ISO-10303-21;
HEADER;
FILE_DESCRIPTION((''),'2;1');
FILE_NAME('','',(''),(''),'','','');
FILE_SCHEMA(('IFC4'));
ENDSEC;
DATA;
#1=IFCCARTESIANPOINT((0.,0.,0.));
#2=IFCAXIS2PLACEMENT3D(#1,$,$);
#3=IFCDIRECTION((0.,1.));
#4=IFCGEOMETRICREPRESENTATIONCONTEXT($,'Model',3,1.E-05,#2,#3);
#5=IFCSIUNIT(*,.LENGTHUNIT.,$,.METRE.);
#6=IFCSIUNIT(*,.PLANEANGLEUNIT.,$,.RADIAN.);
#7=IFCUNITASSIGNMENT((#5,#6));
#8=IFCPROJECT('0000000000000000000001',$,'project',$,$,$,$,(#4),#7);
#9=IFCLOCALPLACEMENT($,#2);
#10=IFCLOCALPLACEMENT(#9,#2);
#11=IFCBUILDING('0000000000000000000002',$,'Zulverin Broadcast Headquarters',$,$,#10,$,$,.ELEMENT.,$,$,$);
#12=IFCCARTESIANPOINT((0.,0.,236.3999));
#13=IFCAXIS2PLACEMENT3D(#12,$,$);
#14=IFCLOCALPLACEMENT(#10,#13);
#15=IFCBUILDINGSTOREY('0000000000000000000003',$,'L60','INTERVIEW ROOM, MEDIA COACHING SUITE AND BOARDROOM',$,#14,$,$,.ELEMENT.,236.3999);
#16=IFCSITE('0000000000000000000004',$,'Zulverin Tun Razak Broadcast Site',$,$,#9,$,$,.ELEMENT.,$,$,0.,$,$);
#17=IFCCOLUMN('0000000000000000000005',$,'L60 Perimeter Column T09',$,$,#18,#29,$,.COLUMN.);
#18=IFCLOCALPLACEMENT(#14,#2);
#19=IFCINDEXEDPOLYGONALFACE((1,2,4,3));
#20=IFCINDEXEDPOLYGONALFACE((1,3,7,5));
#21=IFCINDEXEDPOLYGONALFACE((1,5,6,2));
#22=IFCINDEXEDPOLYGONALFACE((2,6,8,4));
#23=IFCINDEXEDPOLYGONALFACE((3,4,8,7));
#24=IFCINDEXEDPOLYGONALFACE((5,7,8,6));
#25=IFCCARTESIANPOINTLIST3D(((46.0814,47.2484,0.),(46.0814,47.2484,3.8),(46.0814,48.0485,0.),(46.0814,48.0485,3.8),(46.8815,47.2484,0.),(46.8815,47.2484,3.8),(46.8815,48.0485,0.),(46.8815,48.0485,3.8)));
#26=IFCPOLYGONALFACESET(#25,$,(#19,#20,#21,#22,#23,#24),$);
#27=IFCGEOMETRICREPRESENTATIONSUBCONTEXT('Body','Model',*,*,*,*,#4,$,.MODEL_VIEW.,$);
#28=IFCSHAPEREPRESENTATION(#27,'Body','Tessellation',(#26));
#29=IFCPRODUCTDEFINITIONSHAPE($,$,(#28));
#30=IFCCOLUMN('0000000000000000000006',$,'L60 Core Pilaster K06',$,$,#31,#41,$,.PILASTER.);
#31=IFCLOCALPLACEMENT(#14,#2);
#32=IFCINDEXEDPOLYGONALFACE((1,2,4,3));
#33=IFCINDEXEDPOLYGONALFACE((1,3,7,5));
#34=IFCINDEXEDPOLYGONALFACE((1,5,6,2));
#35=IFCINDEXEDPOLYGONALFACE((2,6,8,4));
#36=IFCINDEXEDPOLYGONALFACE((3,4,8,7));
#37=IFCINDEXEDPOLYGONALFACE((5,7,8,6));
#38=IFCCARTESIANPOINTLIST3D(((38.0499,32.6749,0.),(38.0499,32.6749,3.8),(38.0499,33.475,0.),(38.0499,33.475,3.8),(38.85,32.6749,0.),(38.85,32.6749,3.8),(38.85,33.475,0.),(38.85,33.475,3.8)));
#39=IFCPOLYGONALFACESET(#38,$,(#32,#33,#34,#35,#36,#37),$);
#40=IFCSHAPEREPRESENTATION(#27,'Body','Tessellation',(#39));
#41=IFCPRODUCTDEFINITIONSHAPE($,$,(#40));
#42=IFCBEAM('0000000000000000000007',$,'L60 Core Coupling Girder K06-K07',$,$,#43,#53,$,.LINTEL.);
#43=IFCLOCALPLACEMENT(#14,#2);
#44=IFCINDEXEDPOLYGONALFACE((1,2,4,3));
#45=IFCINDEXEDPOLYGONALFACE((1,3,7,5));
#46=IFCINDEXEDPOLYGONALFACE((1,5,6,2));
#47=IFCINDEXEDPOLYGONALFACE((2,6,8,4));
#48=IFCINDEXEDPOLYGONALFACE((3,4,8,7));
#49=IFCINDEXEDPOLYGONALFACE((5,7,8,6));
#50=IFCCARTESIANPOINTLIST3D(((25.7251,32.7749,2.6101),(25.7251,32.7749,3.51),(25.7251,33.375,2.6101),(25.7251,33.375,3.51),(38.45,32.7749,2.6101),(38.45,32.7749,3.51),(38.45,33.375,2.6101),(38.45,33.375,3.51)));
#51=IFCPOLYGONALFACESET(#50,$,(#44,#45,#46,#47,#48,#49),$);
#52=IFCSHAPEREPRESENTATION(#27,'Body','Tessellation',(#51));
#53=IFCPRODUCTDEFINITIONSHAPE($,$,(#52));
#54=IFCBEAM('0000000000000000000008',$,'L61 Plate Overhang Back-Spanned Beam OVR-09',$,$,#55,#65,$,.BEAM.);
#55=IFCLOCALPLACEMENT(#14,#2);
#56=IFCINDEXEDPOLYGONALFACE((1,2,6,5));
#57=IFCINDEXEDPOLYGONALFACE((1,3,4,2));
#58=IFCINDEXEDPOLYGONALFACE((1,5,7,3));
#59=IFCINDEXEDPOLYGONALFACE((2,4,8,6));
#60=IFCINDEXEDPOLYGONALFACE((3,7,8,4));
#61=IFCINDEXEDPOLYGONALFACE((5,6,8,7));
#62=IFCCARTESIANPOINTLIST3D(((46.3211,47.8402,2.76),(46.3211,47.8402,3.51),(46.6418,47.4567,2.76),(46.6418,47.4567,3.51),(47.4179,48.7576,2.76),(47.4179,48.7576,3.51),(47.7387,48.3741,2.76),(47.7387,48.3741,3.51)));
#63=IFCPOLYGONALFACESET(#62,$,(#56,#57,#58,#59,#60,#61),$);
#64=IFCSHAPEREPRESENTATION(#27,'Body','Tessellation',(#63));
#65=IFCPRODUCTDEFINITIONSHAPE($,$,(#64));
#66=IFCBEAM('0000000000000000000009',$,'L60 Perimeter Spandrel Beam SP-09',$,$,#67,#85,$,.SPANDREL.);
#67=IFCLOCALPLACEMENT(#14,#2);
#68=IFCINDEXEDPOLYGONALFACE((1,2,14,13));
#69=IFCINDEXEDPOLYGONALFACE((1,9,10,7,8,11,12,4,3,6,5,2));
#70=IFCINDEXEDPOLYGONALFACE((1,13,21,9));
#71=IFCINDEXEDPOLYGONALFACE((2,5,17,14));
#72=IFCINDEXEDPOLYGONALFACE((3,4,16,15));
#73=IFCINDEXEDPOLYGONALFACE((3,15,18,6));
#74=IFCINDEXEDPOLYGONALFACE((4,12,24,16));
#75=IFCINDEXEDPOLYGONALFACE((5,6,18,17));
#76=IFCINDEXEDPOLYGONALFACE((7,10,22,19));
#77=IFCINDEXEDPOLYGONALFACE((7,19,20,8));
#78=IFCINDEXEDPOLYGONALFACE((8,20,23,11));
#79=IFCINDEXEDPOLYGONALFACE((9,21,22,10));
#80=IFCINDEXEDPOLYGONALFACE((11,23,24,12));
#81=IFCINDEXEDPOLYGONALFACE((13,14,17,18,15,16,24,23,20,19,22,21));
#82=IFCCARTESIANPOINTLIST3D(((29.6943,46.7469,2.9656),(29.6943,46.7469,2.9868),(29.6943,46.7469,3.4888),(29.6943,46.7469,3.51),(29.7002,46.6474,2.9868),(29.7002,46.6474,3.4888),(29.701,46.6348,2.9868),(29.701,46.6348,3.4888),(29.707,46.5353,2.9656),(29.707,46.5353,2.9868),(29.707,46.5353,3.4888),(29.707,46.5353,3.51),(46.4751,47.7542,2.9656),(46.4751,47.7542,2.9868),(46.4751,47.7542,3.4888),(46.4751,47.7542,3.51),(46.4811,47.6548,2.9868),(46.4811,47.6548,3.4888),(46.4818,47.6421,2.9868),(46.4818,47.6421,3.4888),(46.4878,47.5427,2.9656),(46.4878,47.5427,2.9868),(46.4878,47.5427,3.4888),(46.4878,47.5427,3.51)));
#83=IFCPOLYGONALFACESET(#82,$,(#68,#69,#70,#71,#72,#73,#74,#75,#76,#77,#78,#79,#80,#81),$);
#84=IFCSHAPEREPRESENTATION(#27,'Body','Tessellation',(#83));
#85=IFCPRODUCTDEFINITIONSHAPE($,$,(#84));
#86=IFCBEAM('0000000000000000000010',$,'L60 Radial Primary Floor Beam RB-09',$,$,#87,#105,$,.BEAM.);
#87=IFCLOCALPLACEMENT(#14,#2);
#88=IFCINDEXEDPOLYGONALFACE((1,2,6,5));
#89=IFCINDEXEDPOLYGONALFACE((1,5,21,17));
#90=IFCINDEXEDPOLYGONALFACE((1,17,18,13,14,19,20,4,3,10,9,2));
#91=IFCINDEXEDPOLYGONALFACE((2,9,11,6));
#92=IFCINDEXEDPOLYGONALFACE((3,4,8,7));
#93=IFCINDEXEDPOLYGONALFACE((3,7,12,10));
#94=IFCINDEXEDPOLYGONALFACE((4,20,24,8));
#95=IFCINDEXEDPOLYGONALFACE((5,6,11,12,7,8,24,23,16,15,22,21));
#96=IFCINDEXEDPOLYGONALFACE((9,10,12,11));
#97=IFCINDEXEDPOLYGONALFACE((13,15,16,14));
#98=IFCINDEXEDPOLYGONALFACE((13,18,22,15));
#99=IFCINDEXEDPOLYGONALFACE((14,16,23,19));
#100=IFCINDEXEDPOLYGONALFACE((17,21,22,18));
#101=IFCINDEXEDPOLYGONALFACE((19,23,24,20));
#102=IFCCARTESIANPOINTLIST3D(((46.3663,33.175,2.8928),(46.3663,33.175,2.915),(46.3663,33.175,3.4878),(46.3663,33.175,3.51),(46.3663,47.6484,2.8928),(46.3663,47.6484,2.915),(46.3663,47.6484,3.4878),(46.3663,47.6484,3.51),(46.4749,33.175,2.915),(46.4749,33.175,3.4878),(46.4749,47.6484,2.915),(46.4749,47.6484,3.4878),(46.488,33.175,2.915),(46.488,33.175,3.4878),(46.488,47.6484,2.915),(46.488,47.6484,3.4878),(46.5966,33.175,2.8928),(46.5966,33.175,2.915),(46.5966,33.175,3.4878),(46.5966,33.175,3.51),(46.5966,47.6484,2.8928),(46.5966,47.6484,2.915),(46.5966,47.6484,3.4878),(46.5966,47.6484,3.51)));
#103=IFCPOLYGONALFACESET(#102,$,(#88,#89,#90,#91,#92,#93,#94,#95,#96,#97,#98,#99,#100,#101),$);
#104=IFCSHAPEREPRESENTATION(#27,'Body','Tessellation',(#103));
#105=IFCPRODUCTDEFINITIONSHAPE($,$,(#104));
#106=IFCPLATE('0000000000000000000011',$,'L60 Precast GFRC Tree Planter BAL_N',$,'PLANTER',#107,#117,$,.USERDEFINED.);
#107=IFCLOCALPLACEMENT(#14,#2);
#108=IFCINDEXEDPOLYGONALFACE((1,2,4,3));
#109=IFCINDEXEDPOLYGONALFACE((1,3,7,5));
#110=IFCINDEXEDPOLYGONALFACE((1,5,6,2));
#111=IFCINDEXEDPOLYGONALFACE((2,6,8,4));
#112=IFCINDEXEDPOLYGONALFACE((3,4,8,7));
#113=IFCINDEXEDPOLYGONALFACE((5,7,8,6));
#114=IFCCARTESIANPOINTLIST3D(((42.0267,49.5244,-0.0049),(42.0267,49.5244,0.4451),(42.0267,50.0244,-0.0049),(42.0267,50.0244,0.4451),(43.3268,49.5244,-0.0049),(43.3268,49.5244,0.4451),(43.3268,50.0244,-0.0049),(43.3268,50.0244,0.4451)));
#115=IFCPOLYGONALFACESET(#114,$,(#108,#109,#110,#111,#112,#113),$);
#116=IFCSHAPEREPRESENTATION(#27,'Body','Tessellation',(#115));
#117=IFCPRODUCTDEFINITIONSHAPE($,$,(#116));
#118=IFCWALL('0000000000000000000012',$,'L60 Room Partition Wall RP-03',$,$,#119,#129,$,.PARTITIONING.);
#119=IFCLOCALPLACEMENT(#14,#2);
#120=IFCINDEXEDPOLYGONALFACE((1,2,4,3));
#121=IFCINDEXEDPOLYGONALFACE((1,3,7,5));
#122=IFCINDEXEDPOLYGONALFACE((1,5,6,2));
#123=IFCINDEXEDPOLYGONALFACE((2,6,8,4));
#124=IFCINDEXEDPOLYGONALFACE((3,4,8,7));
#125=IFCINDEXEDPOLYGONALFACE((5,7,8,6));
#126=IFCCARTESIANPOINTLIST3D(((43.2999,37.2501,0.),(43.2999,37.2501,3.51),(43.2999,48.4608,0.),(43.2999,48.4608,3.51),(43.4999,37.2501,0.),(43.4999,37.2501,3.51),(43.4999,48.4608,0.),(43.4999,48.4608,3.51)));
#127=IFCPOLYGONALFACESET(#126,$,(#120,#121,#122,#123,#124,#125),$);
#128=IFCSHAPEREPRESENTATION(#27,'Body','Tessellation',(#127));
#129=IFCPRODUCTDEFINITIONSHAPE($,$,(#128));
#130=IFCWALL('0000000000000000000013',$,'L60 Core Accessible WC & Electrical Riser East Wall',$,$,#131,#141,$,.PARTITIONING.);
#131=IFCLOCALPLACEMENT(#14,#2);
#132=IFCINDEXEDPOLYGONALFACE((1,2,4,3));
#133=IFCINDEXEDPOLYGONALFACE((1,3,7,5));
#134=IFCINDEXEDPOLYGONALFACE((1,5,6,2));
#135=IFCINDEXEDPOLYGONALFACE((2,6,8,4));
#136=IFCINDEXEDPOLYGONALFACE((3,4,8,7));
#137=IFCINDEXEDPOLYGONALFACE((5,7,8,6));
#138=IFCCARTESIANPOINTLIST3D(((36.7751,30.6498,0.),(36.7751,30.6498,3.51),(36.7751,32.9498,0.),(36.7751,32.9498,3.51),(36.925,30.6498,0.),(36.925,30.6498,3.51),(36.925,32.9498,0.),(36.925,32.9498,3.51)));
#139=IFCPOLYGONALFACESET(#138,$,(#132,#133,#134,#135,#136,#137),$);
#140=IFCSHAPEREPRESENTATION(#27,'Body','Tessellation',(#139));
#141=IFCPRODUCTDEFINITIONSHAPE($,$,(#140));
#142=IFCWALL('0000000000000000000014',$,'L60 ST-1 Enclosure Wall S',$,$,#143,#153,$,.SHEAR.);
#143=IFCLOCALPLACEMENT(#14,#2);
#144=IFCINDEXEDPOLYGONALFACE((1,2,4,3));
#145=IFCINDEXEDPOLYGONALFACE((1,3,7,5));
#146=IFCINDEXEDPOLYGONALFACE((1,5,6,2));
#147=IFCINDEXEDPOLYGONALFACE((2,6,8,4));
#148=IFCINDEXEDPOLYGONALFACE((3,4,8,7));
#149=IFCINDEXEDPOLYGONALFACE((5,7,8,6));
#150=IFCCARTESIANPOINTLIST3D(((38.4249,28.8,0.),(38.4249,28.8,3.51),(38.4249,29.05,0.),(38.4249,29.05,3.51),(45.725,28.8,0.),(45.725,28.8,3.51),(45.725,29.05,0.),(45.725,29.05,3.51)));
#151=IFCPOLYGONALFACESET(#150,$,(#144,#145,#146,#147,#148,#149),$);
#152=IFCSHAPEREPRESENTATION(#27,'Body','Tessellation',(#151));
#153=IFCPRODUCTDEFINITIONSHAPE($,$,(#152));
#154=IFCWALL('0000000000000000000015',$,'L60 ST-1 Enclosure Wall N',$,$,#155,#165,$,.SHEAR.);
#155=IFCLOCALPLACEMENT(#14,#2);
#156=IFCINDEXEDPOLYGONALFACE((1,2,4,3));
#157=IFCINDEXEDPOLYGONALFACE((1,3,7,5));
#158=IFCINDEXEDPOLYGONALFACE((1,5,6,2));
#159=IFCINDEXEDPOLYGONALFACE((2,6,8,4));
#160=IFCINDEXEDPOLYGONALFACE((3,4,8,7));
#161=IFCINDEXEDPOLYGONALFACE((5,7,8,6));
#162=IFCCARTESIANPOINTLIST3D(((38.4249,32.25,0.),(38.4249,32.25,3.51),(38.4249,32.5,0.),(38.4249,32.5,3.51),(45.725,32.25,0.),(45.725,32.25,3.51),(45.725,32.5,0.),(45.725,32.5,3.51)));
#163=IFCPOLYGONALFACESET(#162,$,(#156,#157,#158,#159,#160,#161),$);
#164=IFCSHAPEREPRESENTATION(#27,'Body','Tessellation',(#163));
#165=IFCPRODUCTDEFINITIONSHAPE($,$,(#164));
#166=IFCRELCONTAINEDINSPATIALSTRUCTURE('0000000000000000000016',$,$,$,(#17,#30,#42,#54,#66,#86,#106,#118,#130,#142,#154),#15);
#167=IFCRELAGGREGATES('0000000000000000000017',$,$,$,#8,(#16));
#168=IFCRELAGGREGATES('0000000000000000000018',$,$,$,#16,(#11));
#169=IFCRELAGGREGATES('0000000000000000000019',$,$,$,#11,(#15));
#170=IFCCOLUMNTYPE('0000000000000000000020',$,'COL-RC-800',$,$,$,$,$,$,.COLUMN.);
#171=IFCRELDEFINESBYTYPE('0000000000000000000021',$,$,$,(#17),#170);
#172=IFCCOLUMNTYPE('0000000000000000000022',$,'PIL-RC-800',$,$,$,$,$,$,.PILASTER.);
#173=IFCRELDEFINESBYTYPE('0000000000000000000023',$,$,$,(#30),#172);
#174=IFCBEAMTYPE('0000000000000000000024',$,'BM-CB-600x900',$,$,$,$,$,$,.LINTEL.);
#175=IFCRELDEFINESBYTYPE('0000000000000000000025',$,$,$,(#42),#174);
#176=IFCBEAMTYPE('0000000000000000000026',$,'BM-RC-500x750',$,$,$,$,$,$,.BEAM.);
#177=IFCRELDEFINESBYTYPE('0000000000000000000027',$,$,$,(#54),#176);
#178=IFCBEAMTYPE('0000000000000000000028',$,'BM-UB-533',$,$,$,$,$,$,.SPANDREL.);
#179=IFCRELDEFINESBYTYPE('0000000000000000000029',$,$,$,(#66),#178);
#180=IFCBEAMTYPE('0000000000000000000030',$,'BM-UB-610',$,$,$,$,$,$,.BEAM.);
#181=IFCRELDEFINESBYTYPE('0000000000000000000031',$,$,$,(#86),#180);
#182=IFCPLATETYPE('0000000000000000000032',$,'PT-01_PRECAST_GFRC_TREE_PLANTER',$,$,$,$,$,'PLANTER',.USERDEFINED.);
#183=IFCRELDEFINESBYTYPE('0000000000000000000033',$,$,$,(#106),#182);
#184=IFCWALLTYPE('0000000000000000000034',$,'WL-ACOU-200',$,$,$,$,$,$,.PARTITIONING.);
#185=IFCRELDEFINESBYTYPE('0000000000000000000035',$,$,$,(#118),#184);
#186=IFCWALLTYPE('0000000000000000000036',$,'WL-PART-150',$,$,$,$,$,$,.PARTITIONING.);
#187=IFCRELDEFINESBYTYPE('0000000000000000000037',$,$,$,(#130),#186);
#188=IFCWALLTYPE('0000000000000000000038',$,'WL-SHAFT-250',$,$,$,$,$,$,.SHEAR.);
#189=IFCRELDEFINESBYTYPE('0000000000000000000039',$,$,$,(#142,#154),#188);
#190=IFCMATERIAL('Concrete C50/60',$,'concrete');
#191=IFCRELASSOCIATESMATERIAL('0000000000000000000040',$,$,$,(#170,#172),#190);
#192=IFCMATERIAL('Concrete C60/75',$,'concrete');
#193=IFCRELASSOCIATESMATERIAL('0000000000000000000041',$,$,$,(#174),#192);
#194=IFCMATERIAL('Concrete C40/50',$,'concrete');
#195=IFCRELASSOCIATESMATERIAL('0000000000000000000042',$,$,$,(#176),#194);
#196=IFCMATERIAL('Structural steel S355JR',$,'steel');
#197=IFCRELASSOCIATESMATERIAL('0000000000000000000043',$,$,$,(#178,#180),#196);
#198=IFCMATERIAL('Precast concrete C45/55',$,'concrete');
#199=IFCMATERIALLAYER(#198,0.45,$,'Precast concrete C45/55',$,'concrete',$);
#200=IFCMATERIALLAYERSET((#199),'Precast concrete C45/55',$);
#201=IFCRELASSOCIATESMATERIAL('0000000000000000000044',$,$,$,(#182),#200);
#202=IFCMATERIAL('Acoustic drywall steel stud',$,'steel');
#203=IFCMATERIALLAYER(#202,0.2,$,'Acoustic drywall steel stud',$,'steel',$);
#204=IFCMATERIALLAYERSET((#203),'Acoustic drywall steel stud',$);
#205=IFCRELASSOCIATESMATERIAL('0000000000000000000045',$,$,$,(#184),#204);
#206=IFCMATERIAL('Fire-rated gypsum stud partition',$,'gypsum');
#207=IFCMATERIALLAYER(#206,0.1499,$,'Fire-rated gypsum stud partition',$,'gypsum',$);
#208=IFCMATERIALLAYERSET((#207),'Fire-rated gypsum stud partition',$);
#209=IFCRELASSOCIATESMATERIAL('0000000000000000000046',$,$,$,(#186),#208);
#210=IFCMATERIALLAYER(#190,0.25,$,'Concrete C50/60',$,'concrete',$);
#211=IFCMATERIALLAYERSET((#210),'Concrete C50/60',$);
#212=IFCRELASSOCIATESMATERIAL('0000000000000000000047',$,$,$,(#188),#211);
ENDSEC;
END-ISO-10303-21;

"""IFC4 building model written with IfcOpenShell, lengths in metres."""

from ifc_helpers import new_model, si_unit, direction, frame, frame_2d, origin, origin_2d, place, context, subcontext, project, spatial, rectangle, i_section, extrude, material, layer, layer_set, material_profile, profile_set, type_object, element, save


model = new_model("IFC4")

# Units and contexts
model_context = context("Model", 3, precision=1e-05, world=origin(), true_north=direction((0.0, 1.0)))
body_context = subcontext(model_context, "Body", "Model", "MODEL_VIEW")
ifc_project = project(units=[si_unit("LENGTHUNIT", "METRE"), si_unit("PLANEANGLEUNIT", "RADIAN")], contexts=[model_context])

# Site, building, storey
site_placement = place(None, origin())
site = spatial("IfcSite", under=ifc_project, at=site_placement, Name="Zulverin Tun Razak Broadcast Site", CompositionType="ELEMENT", RefElevation=0.0)
building_placement = place(site_placement, origin())
building = spatial("IfcBuilding", under=site, at=building_placement, Name="Zulverin Broadcast Headquarters", CompositionType="ELEMENT")
storey_placement = place(building_placement, frame((0.0, 0.0, 236.3999)))
storey = spatial("IfcBuildingStorey", under=building, at=storey_placement, Name="L60", Description="INTERVIEW ROOM, MEDIA COACHING SUITE AND BOARDROOM", CompositionType="ELEMENT", Elevation=236.3999)

# Columns
ifc_material_1 = material(Name="Concrete C50/60", Category="concrete")
ifc_material_profile_1 = material_profile(ifc_material_1, rectangle(XDim=0.8, YDim=0.8, at=origin_2d()), Name="Concrete C50/60", Category="concrete")
ifc_profile_set_1 = profile_set([ifc_material_profile_1], Name="Concrete C50/60")
column_type_1 = type_object("IfcColumnType", Name="COL-RC-800", PredefinedType="COLUMN", material=ifc_profile_set_1)
column_1_placement = place(storey_placement, frame((46.4814, 47.6484, 0.0), z_axis=(0.0, 0.0, 1.0), x_axis=(1.0, 0.0, 0.0)))
element("IfcColumn", 1, at=column_1_placement, inside=storey, type_object=column_type_1, Name="L60 Perimeter Column T09", PredefinedType="COLUMN", context=body_context, shape_type="SweptSolid", body=[
    extrude(rectangle(XDim=0.8, YDim=0.8, at=origin_2d()), origin(), (0.0, 0.0, 1.0), 3.8),
])
ifc_material_profile_2 = material_profile(ifc_material_1, rectangle(XDim=0.8, YDim=0.8, at=origin_2d()), Name="Concrete C50/60", Category="concrete")
ifc_profile_set_2 = profile_set([ifc_material_profile_2], Name="Concrete C50/60")
column_type_2 = type_object("IfcColumnType", Name="PIL-RC-800", PredefinedType="PILASTER", material=ifc_profile_set_2)
column_2_placement = place(storey_placement, frame((38.45, 33.075, 0.0), z_axis=(0.0, 0.0, 1.0), x_axis=(1.0, 0.0, 0.0)))
element("IfcColumn", 2, at=column_2_placement, inside=storey, type_object=column_type_2, Name="L60 Core Pilaster K06", PredefinedType="PILASTER", context=body_context, shape_type="SweptSolid", body=[
    extrude(rectangle(XDim=0.8, YDim=0.8, at=origin_2d()), origin(), (0.0, 0.0, 1.0), 3.8),
])

# Beams
ifc_material_2 = material(Name="Concrete C60/75", Category="concrete")
ifc_material_profile_3 = material_profile(ifc_material_2, rectangle(XDim=0.6001, YDim=0.8999, at=origin_2d()), Name="Concrete C60/75", Category="concrete")
ifc_profile_set_3 = profile_set([ifc_material_profile_3], Name="Concrete C60/75")
beam_type_1 = type_object("IfcBeamType", Name="BM-CB-600x900", PredefinedType="LINTEL", material=ifc_profile_set_3)
beam_1_placement = place(storey_placement, frame((38.45, 33.075, 3.0601), z_axis=(-1.0, 0.0, 0.0), x_axis=(0.0, -1.0, 0.0)))
element("IfcBeam", 3, at=beam_1_placement, inside=storey, type_object=beam_type_1, Name="L60 Core Coupling Girder K06-K07", PredefinedType="LINTEL", context=body_context, shape_type="SweptSolid", body=[
    extrude(rectangle(XDim=0.6001, YDim=0.8999, at=origin_2d()), origin(), (0.0, 0.0, 1.0), 12.7249),
])
ifc_material_3 = material(Name="Concrete C40/50", Category="concrete")
ifc_material_profile_4 = material_profile(ifc_material_3, rectangle(XDim=0.5, YDim=0.75, at=origin_2d()), Name="Concrete C40/50", Category="concrete")
ifc_profile_set_4 = profile_set([ifc_material_profile_4], Name="Concrete C40/50")
beam_type_2 = type_object("IfcBeamType", Name="BM-RC-500x750", PredefinedType="BEAM", material=ifc_profile_set_4)
beam_2_placement = place(storey_placement, frame((46.4814, 47.6484, 3.135), z_axis=(0.767059, 0.641577, 0.0), x_axis=(-0.641577, 0.767059, 0.0)))
element("IfcBeam", 4, at=beam_2_placement, inside=storey, type_object=beam_type_2, Name="L61 Plate Overhang Back-Spanned Beam OVR-09", PredefinedType="BEAM", context=body_context, shape_type="SweptSolid", body=[
    extrude(rectangle(XDim=0.5, YDim=0.75, at=origin_2d()), origin(), (0.0, 0.0, 1.0), 1.4299),
])
ifc_material_4 = material(Name="Structural steel S355JR", Category="steel")
ifc_material_profile_5 = material_profile(ifc_material_4, i_section(OverallWidth=0.2119, OverallDepth=0.5444, WebThickness=0.0127, FlangeThickness=0.0212, at=origin_2d()), Name="Structural steel S355JR", Category="steel")
ifc_profile_set_5 = profile_set([ifc_material_profile_5], Name="Structural steel S355JR")
beam_type_3 = type_object("IfcBeamType", Name="BM-UB-533", PredefinedType="SPANDREL", material=ifc_profile_set_5)
beam_3_placement = place(storey_placement, frame((46.4814, 47.6484, 3.2378), z_axis=(-0.998203, -0.059921, 0.0), x_axis=(0.059921, -0.998203, 0.0)))
element("IfcBeam", 5, at=beam_3_placement, inside=storey, type_object=beam_type_3, Name="L60 Perimeter Spandrel Beam SP-09", PredefinedType="SPANDREL", context=body_context, shape_type="SweptSolid", body=[
    extrude(i_section(OverallWidth=0.2119, OverallDepth=0.5444, WebThickness=0.0127, FlangeThickness=0.0212, at=origin_2d()), origin(), (0.0, 0.0, 1.0), 16.811),
])
ifc_material_profile_6 = material_profile(ifc_material_4, i_section(OverallWidth=0.2302, OverallDepth=0.6172, WebThickness=0.0132, FlangeThickness=0.0222, at=origin_2d()), Name="Structural steel S355JR", Category="steel")
ifc_profile_set_6 = profile_set([ifc_material_profile_6], Name="Structural steel S355JR")
beam_type_4 = type_object("IfcBeamType", Name="BM-UB-610", PredefinedType="BEAM", material=ifc_profile_set_6)
beam_4_placement = place(storey_placement, frame((46.4814, 33.175, 3.2014), z_axis=(0.0, 1.0, 0.0), x_axis=(-1.0, 0.0, 0.0)))
element("IfcBeam", 6, at=beam_4_placement, inside=storey, type_object=beam_type_4, Name="L60 Radial Primary Floor Beam RB-09", PredefinedType="BEAM", context=body_context, shape_type="SweptSolid", body=[
    extrude(i_section(OverallWidth=0.2302, OverallDepth=0.6172, WebThickness=0.0132, FlangeThickness=0.0222, at=origin_2d()), origin(), (0.0, 0.0, 1.0), 14.4734),
])

# Plate
ifc_material_5 = material(Name="Precast concrete C45/55", Category="concrete")
ifc_layer_1 = layer(ifc_material_5, 0.45, Name="Precast concrete C45/55", Category="concrete")
ifc_layer_set_1 = layer_set([ifc_layer_1], Name="Precast concrete C45/55")
plate_type = type_object("IfcPlateType", Name="PT-01_PRECAST_GFRC_TREE_PLANTER", ElementType="PLANTER", PredefinedType="USERDEFINED", material=ifc_layer_set_1)
plate_placement = place(storey_placement, frame((42.6768, 49.7744, -0.0049), z_axis=(0.0, 0.0, 1.0), x_axis=(1.0, 0.0, 0.0)))
element("IfcPlate", 7, at=plate_placement, inside=storey, type_object=plate_type, Name="L60 Precast GFRC Tree Planter BAL_N", ObjectType="PLANTER", PredefinedType="USERDEFINED", context=body_context, shape_type="SweptSolid", body=[
    extrude(rectangle(XDim=1.3, YDim=0.5, at=origin_2d()), origin(), (0.0, 0.0, 1.0), 0.45),
])

# Walls
ifc_material_6 = material(Name="Acoustic drywall steel stud", Category="steel")
ifc_layer_2 = layer(ifc_material_6, 0.2, Name="Acoustic drywall steel stud", Category="steel")
ifc_layer_set_2 = layer_set([ifc_layer_2], Name="Acoustic drywall steel stud")
wall_type_1 = type_object("IfcWallType", Name="WL-ACOU-200", PredefinedType="PARTITIONING", material=ifc_layer_set_2)
wall_1_placement = place(storey_placement, frame((43.3999, 37.25, 0.0), z_axis=(0.0, 0.0, 1.0), x_axis=(0.0, 1.0, 0.0)))
element("IfcWall", 8, at=wall_1_placement, inside=storey, type_object=wall_type_1, Name="L60 Room Partition Wall RP-03", PredefinedType="PARTITIONING", context=body_context, shape_type="SweptSolid", body=[
    extrude(rectangle(XDim=11.2107, YDim=0.2, at=frame_2d((5.6055, 0.0))), origin(), (0.0, 0.0, 1.0), 3.51),
])
ifc_material_7 = material(Name="Fire-rated gypsum stud partition", Category="gypsum")
ifc_layer_3 = layer(ifc_material_7, 0.1499, Name="Fire-rated gypsum stud partition", Category="gypsum")
ifc_layer_set_3 = layer_set([ifc_layer_3], Name="Fire-rated gypsum stud partition")
wall_type_2 = type_object("IfcWallType", Name="WL-PART-150", PredefinedType="PARTITIONING", material=ifc_layer_set_3)
wall_2_placement = place(storey_placement, frame((36.8501, 30.6499, 0.0), z_axis=(0.0, 0.0, 1.0), x_axis=(0.0, 1.0, 0.0)))
element("IfcWall", 9, at=wall_2_placement, inside=storey, type_object=wall_type_2, Name="L60 Core Accessible WC & Electrical Riser East Wall", PredefinedType="PARTITIONING", context=body_context, shape_type="SweptSolid", body=[
    extrude(rectangle(XDim=2.3, YDim=0.1499, at=frame_2d((1.1499, 0.0))), origin(), (0.0, 0.0, 1.0), 3.51),
])
ifc_layer_4 = layer(ifc_material_1, 0.25, Name="Concrete C50/60", Category="concrete")
ifc_layer_set_4 = layer_set([ifc_layer_4], Name="Concrete C50/60")
wall_type_3 = type_object("IfcWallType", Name="WL-SHAFT-250", PredefinedType="SHEAR", material=ifc_layer_set_4)
for number, where, z_axis, x_axis, name in (
    (10, (38.425, 28.925, 0.0), (0.0, 0.0, 1.0), (1.0, 0.0, 0.0), "L60 ST-1 Enclosure Wall S"),
    (11, (38.425, 32.375, 0.0), (0.0, 0.0, 1.0), (1.0, 0.0, 0.0), "L60 ST-1 Enclosure Wall N"),
):
    element("IfcWall", number, at=place(storey_placement, frame(where, z_axis=z_axis, x_axis=x_axis)), inside=storey, type_object=wall_type_3, Name=name, PredefinedType="SHEAR", context=body_context, shape_type="SweptSolid", body=[
        extrude(rectangle(XDim=7.3, YDim=0.25, at=frame_2d((3.6499, 0.0))), origin(), (0.0, 0.0, 1.0), 3.51),
    ])

save(model, "model.ifc")
